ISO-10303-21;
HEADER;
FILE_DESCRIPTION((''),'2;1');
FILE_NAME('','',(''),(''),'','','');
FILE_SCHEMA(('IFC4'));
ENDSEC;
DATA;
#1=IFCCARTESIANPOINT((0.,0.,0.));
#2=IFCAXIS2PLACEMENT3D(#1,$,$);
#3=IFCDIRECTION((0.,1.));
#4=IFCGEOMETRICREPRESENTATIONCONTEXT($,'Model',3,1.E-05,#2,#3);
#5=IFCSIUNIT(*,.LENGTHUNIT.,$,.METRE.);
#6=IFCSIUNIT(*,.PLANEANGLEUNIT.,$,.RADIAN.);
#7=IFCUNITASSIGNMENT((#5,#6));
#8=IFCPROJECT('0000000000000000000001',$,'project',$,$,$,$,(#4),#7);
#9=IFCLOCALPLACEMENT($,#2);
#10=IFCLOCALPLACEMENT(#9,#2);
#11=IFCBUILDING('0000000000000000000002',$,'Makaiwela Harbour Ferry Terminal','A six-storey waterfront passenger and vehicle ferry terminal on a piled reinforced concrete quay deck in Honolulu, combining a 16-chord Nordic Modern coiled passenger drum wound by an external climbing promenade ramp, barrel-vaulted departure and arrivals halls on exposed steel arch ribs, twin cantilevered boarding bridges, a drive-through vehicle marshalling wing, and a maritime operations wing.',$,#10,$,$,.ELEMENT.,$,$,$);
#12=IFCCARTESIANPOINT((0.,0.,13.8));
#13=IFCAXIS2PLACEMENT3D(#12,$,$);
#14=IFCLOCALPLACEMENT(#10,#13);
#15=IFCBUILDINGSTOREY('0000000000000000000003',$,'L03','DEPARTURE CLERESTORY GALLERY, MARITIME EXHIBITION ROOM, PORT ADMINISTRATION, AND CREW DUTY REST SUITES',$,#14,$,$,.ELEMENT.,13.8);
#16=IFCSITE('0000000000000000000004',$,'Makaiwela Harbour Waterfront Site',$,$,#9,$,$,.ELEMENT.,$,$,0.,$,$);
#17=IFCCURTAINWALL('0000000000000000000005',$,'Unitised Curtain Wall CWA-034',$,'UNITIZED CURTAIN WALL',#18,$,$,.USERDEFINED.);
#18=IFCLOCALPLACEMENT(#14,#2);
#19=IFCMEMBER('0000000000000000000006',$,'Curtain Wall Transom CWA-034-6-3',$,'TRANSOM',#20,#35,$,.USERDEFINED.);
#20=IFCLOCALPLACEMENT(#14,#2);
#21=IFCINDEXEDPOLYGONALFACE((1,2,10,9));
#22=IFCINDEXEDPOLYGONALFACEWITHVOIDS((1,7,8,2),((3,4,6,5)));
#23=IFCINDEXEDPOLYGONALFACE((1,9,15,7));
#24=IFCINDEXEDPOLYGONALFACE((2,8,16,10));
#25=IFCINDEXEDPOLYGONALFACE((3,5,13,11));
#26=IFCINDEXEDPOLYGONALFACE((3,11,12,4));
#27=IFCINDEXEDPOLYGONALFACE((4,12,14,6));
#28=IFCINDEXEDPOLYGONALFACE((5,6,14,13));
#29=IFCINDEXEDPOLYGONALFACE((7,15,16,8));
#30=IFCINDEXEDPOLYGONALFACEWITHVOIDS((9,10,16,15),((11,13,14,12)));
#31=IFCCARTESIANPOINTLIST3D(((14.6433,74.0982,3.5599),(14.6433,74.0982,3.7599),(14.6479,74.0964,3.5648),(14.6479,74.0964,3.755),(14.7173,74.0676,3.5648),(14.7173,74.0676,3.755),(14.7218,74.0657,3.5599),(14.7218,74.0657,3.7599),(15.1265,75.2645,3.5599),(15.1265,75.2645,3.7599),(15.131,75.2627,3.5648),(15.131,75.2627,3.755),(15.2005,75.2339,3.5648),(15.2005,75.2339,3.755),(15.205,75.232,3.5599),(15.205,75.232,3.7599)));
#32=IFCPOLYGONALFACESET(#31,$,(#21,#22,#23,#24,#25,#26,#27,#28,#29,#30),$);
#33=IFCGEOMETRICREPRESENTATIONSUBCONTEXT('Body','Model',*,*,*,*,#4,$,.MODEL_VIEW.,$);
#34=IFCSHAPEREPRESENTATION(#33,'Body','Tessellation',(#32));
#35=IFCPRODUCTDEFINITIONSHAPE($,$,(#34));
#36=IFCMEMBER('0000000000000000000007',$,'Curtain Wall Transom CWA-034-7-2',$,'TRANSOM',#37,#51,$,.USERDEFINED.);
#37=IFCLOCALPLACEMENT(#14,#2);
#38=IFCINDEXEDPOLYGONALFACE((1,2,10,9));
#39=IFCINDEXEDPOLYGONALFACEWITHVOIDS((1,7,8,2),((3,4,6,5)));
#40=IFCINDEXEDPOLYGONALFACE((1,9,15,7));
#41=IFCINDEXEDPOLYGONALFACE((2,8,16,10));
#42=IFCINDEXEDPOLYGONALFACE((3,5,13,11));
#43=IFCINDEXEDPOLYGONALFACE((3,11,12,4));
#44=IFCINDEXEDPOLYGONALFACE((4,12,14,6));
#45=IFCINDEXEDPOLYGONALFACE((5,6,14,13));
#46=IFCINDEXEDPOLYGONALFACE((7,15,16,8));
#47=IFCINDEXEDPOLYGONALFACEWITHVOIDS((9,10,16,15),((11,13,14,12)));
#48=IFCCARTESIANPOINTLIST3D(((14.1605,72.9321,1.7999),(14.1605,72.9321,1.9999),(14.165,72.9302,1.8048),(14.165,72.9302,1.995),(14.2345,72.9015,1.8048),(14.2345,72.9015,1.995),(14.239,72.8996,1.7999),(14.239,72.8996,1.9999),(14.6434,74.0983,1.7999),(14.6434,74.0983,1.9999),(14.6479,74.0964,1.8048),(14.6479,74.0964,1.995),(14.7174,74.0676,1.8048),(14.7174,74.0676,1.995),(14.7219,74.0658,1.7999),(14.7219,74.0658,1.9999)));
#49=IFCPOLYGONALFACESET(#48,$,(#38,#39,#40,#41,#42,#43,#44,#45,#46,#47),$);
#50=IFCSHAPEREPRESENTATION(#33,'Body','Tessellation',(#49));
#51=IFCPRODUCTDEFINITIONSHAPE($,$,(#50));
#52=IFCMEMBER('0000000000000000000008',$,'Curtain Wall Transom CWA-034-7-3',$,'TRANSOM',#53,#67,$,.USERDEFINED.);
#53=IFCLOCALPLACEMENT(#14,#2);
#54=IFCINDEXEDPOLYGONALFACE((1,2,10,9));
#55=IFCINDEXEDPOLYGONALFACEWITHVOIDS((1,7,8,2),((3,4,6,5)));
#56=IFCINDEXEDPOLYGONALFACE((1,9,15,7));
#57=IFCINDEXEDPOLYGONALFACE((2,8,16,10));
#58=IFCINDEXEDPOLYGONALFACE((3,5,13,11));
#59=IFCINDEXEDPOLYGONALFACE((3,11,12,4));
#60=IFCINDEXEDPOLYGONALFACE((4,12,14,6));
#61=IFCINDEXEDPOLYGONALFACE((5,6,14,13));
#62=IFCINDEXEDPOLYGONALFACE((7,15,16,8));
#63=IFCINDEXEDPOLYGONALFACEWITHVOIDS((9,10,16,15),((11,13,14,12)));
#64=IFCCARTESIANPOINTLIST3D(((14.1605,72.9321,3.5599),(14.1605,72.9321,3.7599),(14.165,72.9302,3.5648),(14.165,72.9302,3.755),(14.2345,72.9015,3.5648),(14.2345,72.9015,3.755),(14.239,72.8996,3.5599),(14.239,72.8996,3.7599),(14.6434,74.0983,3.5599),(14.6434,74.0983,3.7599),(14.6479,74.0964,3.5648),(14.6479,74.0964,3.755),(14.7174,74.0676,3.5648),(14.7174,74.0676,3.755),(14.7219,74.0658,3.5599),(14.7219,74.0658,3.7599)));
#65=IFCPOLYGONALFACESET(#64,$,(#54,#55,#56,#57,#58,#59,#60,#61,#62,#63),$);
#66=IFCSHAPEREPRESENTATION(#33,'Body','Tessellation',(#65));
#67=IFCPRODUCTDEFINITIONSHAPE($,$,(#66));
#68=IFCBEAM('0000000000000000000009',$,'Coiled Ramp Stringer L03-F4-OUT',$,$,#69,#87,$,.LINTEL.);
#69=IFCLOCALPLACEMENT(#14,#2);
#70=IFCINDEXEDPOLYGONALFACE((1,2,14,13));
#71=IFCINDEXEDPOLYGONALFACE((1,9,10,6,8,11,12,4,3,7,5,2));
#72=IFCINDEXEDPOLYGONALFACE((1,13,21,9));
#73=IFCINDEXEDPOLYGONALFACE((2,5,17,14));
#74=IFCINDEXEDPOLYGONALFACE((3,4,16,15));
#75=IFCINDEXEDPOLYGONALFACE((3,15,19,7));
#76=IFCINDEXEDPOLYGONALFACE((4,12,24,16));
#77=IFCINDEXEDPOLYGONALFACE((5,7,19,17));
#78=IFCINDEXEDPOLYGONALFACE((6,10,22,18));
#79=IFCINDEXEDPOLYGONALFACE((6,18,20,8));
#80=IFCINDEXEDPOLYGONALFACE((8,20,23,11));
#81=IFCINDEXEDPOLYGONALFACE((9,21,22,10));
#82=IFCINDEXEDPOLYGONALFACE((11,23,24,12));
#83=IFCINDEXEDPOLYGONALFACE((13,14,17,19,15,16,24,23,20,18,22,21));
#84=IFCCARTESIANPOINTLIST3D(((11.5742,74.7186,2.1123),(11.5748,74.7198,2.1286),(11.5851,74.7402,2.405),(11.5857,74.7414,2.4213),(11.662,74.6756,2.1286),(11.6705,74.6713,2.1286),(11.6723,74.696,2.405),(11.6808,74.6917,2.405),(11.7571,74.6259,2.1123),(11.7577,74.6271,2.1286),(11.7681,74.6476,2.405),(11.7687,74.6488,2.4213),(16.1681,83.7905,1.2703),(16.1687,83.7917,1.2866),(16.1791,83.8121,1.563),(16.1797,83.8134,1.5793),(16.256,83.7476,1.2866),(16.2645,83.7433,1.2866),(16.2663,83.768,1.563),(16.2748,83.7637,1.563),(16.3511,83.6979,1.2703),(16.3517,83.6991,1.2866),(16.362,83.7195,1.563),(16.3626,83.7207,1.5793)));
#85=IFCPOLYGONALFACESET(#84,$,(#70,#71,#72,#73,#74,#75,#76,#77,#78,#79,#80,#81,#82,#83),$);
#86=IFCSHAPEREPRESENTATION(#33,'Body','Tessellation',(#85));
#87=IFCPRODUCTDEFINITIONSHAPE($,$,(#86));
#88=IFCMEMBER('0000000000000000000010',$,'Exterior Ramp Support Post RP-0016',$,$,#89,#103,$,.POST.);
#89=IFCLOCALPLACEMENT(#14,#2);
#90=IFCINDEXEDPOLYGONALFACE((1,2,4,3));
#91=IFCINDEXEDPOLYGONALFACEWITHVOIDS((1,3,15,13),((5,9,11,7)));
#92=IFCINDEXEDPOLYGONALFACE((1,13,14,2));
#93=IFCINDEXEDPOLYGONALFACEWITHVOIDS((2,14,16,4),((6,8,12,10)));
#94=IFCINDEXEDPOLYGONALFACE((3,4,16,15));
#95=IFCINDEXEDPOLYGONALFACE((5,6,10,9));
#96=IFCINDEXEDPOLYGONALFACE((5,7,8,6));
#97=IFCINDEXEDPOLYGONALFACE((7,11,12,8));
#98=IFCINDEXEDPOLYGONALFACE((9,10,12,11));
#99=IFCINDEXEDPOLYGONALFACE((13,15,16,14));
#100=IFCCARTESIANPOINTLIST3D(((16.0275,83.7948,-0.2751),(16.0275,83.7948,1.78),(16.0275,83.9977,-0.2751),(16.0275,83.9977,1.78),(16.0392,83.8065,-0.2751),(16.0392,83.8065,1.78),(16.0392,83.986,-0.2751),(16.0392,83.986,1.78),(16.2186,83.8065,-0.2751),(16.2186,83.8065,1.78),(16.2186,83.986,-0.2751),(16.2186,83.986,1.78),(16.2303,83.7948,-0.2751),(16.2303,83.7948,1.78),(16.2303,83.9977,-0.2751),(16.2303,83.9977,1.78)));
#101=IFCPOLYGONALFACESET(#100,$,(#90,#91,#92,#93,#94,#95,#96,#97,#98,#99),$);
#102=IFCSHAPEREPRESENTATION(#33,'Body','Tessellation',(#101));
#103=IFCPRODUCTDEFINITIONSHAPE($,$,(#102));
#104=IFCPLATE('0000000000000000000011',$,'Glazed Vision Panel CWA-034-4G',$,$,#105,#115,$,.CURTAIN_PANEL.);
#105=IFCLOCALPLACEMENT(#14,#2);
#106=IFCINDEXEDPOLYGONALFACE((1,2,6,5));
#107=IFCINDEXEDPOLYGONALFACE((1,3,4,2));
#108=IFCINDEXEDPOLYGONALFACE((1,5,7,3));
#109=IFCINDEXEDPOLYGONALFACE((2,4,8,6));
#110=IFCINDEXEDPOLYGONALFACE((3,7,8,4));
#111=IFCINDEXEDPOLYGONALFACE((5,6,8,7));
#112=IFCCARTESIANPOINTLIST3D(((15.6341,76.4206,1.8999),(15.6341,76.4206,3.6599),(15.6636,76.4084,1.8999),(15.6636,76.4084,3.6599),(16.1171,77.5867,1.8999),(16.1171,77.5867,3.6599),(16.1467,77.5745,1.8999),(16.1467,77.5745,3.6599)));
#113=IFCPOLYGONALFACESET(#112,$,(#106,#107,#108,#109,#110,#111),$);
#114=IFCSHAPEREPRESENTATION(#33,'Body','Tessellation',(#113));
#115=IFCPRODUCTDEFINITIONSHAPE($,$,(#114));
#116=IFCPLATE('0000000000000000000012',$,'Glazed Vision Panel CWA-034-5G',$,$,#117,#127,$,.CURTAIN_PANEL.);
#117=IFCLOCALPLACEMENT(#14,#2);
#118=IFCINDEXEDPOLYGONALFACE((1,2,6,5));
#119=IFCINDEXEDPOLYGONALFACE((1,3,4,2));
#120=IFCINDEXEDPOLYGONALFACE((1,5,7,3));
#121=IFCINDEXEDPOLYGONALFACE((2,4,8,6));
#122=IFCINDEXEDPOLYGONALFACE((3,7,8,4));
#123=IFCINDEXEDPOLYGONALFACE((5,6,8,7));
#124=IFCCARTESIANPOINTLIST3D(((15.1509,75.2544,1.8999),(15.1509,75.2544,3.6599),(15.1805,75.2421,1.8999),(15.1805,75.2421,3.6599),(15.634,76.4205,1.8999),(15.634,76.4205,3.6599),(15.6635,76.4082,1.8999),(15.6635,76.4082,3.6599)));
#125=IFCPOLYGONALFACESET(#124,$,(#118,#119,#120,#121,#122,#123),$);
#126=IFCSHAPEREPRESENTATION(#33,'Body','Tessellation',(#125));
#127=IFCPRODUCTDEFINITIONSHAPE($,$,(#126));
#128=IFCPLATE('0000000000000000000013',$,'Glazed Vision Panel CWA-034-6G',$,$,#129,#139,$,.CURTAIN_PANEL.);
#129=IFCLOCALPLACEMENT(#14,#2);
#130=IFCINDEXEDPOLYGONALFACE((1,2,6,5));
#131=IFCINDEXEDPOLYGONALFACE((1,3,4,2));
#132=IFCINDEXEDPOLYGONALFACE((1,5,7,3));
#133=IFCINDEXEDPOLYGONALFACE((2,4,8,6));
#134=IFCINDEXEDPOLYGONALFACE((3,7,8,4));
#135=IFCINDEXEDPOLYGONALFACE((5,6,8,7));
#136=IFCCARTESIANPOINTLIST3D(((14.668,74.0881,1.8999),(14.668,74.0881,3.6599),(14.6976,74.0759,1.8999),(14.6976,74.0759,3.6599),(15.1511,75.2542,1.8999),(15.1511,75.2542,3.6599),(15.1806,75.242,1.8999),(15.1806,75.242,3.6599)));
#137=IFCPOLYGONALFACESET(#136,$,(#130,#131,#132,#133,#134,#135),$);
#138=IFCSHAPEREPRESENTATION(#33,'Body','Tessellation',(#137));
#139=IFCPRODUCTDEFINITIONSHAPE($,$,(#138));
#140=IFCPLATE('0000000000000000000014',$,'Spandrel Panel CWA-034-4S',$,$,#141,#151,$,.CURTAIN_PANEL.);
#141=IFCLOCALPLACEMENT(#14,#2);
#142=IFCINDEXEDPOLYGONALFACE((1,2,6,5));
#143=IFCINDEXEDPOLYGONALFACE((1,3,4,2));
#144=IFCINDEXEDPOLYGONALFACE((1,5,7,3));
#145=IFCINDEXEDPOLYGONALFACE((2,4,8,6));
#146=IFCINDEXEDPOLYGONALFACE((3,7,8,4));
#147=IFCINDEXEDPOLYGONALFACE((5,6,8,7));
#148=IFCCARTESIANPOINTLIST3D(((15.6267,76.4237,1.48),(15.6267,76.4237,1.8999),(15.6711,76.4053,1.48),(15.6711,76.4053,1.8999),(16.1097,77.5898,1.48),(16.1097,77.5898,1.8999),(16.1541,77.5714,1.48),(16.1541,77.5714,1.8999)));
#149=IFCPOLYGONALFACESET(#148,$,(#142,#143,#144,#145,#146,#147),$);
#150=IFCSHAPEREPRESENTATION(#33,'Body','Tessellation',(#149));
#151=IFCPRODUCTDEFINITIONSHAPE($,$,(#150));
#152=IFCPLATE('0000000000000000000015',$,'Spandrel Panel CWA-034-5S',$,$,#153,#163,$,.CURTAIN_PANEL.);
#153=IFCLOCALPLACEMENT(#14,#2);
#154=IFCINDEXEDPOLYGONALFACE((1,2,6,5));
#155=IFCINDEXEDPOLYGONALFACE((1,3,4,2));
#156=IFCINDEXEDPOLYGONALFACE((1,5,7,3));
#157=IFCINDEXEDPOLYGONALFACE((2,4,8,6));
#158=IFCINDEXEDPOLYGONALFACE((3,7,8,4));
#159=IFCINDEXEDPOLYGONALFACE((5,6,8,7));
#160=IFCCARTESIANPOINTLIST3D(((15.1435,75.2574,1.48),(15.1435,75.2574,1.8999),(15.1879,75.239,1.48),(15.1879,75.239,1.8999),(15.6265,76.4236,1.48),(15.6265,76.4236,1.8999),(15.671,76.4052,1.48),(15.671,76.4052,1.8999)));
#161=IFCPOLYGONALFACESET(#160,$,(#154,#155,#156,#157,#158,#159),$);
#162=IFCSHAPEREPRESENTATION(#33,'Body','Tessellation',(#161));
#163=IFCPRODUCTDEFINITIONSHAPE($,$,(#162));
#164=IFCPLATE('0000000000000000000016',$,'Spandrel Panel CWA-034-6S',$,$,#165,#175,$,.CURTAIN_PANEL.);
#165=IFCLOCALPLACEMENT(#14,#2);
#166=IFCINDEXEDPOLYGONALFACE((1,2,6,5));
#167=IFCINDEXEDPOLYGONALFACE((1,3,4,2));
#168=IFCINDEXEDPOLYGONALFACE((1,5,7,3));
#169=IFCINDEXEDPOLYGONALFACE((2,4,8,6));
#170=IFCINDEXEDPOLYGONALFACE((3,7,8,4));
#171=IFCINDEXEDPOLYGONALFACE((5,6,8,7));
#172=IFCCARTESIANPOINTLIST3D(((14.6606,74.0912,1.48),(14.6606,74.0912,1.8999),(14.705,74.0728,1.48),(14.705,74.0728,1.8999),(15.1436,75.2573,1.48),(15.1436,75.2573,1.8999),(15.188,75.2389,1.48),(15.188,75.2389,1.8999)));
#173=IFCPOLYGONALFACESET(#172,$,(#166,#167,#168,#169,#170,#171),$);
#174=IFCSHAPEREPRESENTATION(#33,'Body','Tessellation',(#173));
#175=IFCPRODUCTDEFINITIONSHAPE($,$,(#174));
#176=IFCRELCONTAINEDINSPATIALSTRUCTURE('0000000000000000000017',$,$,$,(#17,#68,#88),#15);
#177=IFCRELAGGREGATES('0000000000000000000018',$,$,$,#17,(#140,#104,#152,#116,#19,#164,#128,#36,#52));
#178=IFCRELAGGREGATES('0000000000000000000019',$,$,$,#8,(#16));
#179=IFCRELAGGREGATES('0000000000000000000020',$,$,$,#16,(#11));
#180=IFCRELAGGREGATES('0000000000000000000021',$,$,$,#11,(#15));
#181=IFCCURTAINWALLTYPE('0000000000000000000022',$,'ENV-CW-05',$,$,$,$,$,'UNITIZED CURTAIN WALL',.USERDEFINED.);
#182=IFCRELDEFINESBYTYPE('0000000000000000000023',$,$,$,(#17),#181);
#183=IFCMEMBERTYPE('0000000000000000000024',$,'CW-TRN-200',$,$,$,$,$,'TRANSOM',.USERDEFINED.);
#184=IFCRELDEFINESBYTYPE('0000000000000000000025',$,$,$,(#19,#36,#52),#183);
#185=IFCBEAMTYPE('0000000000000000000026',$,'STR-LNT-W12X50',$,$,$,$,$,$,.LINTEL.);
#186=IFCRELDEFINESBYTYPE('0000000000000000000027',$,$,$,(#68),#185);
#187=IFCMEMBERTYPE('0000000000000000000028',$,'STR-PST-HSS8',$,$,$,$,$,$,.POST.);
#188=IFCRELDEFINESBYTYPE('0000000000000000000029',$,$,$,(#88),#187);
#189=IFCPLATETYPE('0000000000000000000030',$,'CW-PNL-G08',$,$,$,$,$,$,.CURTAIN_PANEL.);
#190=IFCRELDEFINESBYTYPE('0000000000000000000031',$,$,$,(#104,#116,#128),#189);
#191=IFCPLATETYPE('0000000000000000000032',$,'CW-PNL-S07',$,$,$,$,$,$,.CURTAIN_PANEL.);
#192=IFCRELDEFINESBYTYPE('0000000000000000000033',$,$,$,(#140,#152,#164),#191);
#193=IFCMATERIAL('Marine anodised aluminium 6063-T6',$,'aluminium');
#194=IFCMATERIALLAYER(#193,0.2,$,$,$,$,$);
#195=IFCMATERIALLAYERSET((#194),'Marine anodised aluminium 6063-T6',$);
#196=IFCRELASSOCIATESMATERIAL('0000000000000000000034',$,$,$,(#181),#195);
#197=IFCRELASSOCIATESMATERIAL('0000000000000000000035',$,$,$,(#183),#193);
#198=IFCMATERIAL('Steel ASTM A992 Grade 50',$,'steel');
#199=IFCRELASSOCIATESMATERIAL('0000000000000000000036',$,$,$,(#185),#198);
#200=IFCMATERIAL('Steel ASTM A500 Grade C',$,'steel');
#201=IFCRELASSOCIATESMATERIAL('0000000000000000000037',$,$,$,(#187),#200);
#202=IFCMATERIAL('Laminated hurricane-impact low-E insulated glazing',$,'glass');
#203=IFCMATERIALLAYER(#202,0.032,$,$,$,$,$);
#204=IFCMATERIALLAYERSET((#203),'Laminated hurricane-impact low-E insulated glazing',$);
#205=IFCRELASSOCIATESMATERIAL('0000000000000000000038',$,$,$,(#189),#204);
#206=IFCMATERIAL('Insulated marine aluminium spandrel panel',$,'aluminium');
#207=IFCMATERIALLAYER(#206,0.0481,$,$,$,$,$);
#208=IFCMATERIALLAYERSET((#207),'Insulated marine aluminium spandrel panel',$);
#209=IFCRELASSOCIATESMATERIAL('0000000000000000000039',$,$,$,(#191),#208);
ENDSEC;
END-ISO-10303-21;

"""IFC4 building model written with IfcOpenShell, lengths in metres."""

from ifc_helpers import new_model, si_unit, direction, frame, origin, origin_2d, place, context, subcontext, project, spatial, rectangle, hollow_rectangle, i_section, extrude, material, layer, layer_set, material_profile, profile_set, type_object, element, aggregate, save


model = new_model("IFC4")

# Units and contexts
model_context = context("Model", 3, precision=1e-05, world=origin(), true_north=direction((0.0, 1.0)))
body_context = subcontext(model_context, "Body", "Model", "MODEL_VIEW")
ifc_project = project(units=[si_unit("LENGTHUNIT", "METRE"), si_unit("PLANEANGLEUNIT", "RADIAN")], contexts=[model_context])

# Site, building, storey
site_placement = place(None, origin())
site = spatial("IfcSite", under=ifc_project, at=site_placement, Name="Makaiwela Harbour Waterfront Site", CompositionType="ELEMENT", RefElevation=0.0)
building_placement = place(site_placement, origin())
building = spatial("IfcBuilding", under=site, at=building_placement, Name="Makaiwela Harbour Ferry Terminal", Description="A six-storey waterfront passenger and vehicle ferry terminal on a piled reinforced concrete quay deck in Honolulu, combining a 16-chord Nordic Modern coiled passenger drum wound by an external climbing promenade ramp, barrel-vaulted departure and arrivals halls on exposed steel arch ribs, twin cantilevered boarding bridges, a drive-through vehicle marshalling wing, and a maritime operations wing.", CompositionType="ELEMENT")
storey_placement = place(building_placement, frame((0.0, 0.0, 13.8)))
storey = spatial("IfcBuildingStorey", under=building, at=storey_placement, Name="L03", Description="DEPARTURE CLERESTORY GALLERY, MARITIME EXHIBITION ROOM, PORT ADMINISTRATION, AND CREW DUTY REST SUITES", CompositionType="ELEMENT", Elevation=13.8)

# Curtain wall, members
ifc_material_1 = material(Name="Marine anodised aluminium 6063-T6", Category="aluminium")
ifc_layer_1 = layer(ifc_material_1, 0.2)
ifc_layer_set_1 = layer_set([ifc_layer_1], Name="Marine anodised aluminium 6063-T6")
curtain_wall_type = type_object("IfcCurtainWallType", Name="ENV-CW-05", ElementType="UNITIZED CURTAIN WALL", PredefinedType="USERDEFINED", material=ifc_layer_set_1)
curtain_wall_placement = place(storey_placement, origin())
curtain_wall = element("IfcCurtainWall", 1, at=curtain_wall_placement, inside=storey, type_object=curtain_wall_type, Name="Unitised Curtain Wall CWA-034", ObjectType="UNITIZED CURTAIN WALL", PredefinedType="USERDEFINED")
ifc_material_profile_1 = material_profile(ifc_material_1, hollow_rectangle(XDim=0.085, YDim=0.2, WallThickness=0.0049, at=origin_2d()), Name="CWT-200X85")
ifc_profile_set_1 = profile_set([ifc_material_profile_1], Name="Marine anodised aluminium 6063-T6")
member_type_1 = type_object("IfcMemberType", Name="CW-TRN-200", ElementType="TRANSOM", PredefinedType="USERDEFINED", material=ifc_profile_set_1)
member_1_placement = place(storey_placement, frame((15.1658, 75.2483, 3.6599), z_axis=(-0.382733, -0.923859, 0.0), x_axis=(0.923859, -0.382733, 0.0)))
member_1 = element("IfcMember", 2, at=member_1_placement, type_object=member_type_1, Name="Curtain Wall Transom CWA-034-6-3", ObjectType="TRANSOM", PredefinedType="USERDEFINED", context=body_context, shape_type="SweptSolid", body=[
    extrude(hollow_rectangle(XDim=0.085, YDim=0.2, WallThickness=0.0049, at=origin_2d()), origin(), (0.0, 0.0, 1.0), 1.2625),
])
member_2_placement = place(storey_placement, frame((14.6826, 74.082, 1.8999), z_axis=(-0.382568, -0.923927, 0.0), x_axis=(0.923927, -0.382568, 0.0)))
member_2 = element("IfcMember", 3, at=member_2_placement, type_object=member_type_1, Name="Curtain Wall Transom CWA-034-7-2", ObjectType="TRANSOM", PredefinedType="USERDEFINED", context=body_context, shape_type="SweptSolid", body=[
    extrude(hollow_rectangle(XDim=0.085, YDim=0.2, WallThickness=0.0049, at=origin_2d()), origin(), (0.0, 0.0, 1.0), 1.2622),
])
member_3_placement = place(storey_placement, frame((14.6826, 74.082, 3.6599), z_axis=(-0.382568, -0.923927, 0.0), x_axis=(0.923927, -0.382568, 0.0)))
member_3 = element("IfcMember", 4, at=member_3_placement, type_object=member_type_1, Name="Curtain Wall Transom CWA-034-7-3", ObjectType="TRANSOM", PredefinedType="USERDEFINED", context=body_context, shape_type="SweptSolid", body=[
    extrude(hollow_rectangle(XDim=0.085, YDim=0.2, WallThickness=0.0049, at=origin_2d()), origin(), (0.0, 0.0, 1.0), 1.2622),
])

# Beam
ifc_material_2 = material(Name="Steel ASTM A992 Grade 50", Category="steel")
ifc_material_profile_2 = material_profile(ifc_material_2, i_section(OverallWidth=0.2051, OverallDepth=0.3101, WebThickness=0.0095, FlangeThickness=0.0164, at=origin_2d()), Name="W12X50")
ifc_profile_set_2 = profile_set([ifc_material_profile_2], Name="Steel ASTM A992 Grade 50")
beam_type = type_object("IfcBeamType", Name="STR-LNT-W12X50", PredefinedType="LINTEL", material=ifc_profile_set_2)
beam_placement = place(storey_placement, frame((16.2654, 83.7556, 1.4248), z_axis=(-0.450228, -0.889092, 0.082523), x_axis=(0.892135, -0.451769, 0.0)))
element("IfcBeam", 5, at=beam_placement, inside=storey, type_object=beam_type, Name="Coiled Ramp Stringer L03-F4-OUT", PredefinedType="LINTEL", context=body_context, shape_type="SweptSolid", body=[
    extrude(i_section(OverallWidth=0.2051, OverallDepth=0.3101, WebThickness=0.0095, FlangeThickness=0.0164, at=origin_2d()), origin(), (0.0, 0.0, 1.0), 10.2036),
])

# Member
ifc_material_3 = material(Name="Steel ASTM A500 Grade C", Category="steel")
ifc_material_profile_3 = material_profile(ifc_material_3, hollow_rectangle(XDim=0.2029, YDim=0.2029, WallThickness=0.0117, at=origin_2d()), Name="HSS8X8X1/2")
ifc_profile_set_3 = profile_set([ifc_material_profile_3], Name="Steel ASTM A500 Grade C")
member_type_2 = type_object("IfcMemberType", Name="STR-PST-HSS8", PredefinedType="POST", material=ifc_profile_set_3)
member_4_placement = place(storey_placement, frame((16.1289, 83.8962, -0.2751), z_axis=(0.0, 0.0, 1.0), x_axis=(1.0, 0.0, 0.0)))
element("IfcMember", 6, at=member_4_placement, inside=storey, type_object=member_type_2, Name="Exterior Ramp Support Post RP-0016", PredefinedType="POST", context=body_context, shape_type="SweptSolid", body=[
    extrude(hollow_rectangle(XDim=0.2029, YDim=0.2029, WallThickness=0.0117, at=origin_2d()), origin(), (0.0, 0.0, 1.0), 2.0552),
])

# Plates
ifc_material_4 = material(Name="Laminated hurricane-impact low-E insulated glazing", Category="glass")
ifc_layer_2 = layer(ifc_material_4, 0.032)
ifc_layer_set_2 = layer_set([ifc_layer_2], Name="Laminated hurricane-impact low-E insulated glazing")
plate_type_1 = type_object("IfcPlateType", Name="CW-PNL-G08", PredefinedType="CURTAIN_PANEL", material=ifc_layer_set_2)
plate_1_placement = place(storey_placement, frame((15.8904, 76.9976, 1.8999), z_axis=(0.0, 0.0, 1.0), x_axis=(-0.382683, -0.92388, 0.0)))
plate_1 = element("IfcPlate", 7, at=plate_1_placement, type_object=plate_type_1, Name="Glazed Vision Panel CWA-034-4G", PredefinedType="CURTAIN_PANEL", context=body_context, shape_type="SweptSolid", body=[
    extrude(rectangle(XDim=1.2622, YDim=0.032, at=origin_2d()), origin(), (0.0, 0.0, 1.0), 1.76),
])
plate_2_placement = place(storey_placement, frame((15.4072, 75.8313, 1.8999), z_axis=(0.0, 0.0, 1.0), x_axis=(-0.382683, -0.92388, 0.0)))
plate_2 = element("IfcPlate", 8, at=plate_2_placement, type_object=plate_type_1, Name="Glazed Vision Panel CWA-034-5G", PredefinedType="CURTAIN_PANEL", context=body_context, shape_type="SweptSolid", body=[
    extrude(rectangle(XDim=1.2622, YDim=0.032, at=origin_2d()), origin(), (0.0, 0.0, 1.0), 1.76),
])
plate_3_placement = place(storey_placement, frame((14.9243, 74.665, 1.8999), z_axis=(0.0, 0.0, 1.0), x_axis=(-0.382683, -0.92388, 0.0)))
plate_3 = element("IfcPlate", 9, at=plate_3_placement, type_object=plate_type_1, Name="Glazed Vision Panel CWA-034-6G", PredefinedType="CURTAIN_PANEL", context=body_context, shape_type="SweptSolid", body=[
    extrude(rectangle(XDim=1.2622, YDim=0.032, at=origin_2d()), origin(), (0.0, 0.0, 1.0), 1.76),
])
ifc_material_5 = material(Name="Insulated marine aluminium spandrel panel", Category="aluminium")
ifc_layer_3 = layer(ifc_material_5, 0.0481)
ifc_layer_set_3 = layer_set([ifc_layer_3], Name="Insulated marine aluminium spandrel panel")
plate_type_2 = type_object("IfcPlateType", Name="CW-PNL-S07", PredefinedType="CURTAIN_PANEL", material=ifc_layer_set_3)
plate_4_placement = place(storey_placement, frame((15.8904, 76.9976, 1.48), z_axis=(0.0, 0.0, 1.0), x_axis=(-0.382683, -0.92388, 0.0)))
plate_4 = element("IfcPlate", 10, at=plate_4_placement, type_object=plate_type_2, Name="Spandrel Panel CWA-034-4S", PredefinedType="CURTAIN_PANEL", context=body_context, shape_type="SweptSolid", body=[
    extrude(rectangle(XDim=1.2622, YDim=0.0481, at=origin_2d()), origin(), (0.0, 0.0, 1.0), 0.4199),
])
plate_5_placement = place(storey_placement, frame((15.4072, 75.8313, 1.48), z_axis=(0.0, 0.0, 1.0), x_axis=(-0.382683, -0.92388, 0.0)))
plate_5 = element("IfcPlate", 11, at=plate_5_placement, type_object=plate_type_2, Name="Spandrel Panel CWA-034-5S", PredefinedType="CURTAIN_PANEL", context=body_context, shape_type="SweptSolid", body=[
    extrude(rectangle(XDim=1.2622, YDim=0.0481, at=origin_2d()), origin(), (0.0, 0.0, 1.0), 0.4199),
])
plate_6_placement = place(storey_placement, frame((14.9243, 74.665, 1.48), z_axis=(0.0, 0.0, 1.0), x_axis=(-0.382683, -0.92388, 0.0)))
plate_6 = element("IfcPlate", 12, at=plate_6_placement, type_object=plate_type_2, Name="Spandrel Panel CWA-034-6S", PredefinedType="CURTAIN_PANEL", context=body_context, shape_type="SweptSolid", body=[
    extrude(rectangle(XDim=1.2622, YDim=0.0481, at=origin_2d()), origin(), (0.0, 0.0, 1.0), 0.4199),
])
aggregate(curtain_wall, [plate_4, plate_1, plate_5, plate_2, member_1, plate_6, plate_3, member_2, member_3])

save(model, "model.ifc")
